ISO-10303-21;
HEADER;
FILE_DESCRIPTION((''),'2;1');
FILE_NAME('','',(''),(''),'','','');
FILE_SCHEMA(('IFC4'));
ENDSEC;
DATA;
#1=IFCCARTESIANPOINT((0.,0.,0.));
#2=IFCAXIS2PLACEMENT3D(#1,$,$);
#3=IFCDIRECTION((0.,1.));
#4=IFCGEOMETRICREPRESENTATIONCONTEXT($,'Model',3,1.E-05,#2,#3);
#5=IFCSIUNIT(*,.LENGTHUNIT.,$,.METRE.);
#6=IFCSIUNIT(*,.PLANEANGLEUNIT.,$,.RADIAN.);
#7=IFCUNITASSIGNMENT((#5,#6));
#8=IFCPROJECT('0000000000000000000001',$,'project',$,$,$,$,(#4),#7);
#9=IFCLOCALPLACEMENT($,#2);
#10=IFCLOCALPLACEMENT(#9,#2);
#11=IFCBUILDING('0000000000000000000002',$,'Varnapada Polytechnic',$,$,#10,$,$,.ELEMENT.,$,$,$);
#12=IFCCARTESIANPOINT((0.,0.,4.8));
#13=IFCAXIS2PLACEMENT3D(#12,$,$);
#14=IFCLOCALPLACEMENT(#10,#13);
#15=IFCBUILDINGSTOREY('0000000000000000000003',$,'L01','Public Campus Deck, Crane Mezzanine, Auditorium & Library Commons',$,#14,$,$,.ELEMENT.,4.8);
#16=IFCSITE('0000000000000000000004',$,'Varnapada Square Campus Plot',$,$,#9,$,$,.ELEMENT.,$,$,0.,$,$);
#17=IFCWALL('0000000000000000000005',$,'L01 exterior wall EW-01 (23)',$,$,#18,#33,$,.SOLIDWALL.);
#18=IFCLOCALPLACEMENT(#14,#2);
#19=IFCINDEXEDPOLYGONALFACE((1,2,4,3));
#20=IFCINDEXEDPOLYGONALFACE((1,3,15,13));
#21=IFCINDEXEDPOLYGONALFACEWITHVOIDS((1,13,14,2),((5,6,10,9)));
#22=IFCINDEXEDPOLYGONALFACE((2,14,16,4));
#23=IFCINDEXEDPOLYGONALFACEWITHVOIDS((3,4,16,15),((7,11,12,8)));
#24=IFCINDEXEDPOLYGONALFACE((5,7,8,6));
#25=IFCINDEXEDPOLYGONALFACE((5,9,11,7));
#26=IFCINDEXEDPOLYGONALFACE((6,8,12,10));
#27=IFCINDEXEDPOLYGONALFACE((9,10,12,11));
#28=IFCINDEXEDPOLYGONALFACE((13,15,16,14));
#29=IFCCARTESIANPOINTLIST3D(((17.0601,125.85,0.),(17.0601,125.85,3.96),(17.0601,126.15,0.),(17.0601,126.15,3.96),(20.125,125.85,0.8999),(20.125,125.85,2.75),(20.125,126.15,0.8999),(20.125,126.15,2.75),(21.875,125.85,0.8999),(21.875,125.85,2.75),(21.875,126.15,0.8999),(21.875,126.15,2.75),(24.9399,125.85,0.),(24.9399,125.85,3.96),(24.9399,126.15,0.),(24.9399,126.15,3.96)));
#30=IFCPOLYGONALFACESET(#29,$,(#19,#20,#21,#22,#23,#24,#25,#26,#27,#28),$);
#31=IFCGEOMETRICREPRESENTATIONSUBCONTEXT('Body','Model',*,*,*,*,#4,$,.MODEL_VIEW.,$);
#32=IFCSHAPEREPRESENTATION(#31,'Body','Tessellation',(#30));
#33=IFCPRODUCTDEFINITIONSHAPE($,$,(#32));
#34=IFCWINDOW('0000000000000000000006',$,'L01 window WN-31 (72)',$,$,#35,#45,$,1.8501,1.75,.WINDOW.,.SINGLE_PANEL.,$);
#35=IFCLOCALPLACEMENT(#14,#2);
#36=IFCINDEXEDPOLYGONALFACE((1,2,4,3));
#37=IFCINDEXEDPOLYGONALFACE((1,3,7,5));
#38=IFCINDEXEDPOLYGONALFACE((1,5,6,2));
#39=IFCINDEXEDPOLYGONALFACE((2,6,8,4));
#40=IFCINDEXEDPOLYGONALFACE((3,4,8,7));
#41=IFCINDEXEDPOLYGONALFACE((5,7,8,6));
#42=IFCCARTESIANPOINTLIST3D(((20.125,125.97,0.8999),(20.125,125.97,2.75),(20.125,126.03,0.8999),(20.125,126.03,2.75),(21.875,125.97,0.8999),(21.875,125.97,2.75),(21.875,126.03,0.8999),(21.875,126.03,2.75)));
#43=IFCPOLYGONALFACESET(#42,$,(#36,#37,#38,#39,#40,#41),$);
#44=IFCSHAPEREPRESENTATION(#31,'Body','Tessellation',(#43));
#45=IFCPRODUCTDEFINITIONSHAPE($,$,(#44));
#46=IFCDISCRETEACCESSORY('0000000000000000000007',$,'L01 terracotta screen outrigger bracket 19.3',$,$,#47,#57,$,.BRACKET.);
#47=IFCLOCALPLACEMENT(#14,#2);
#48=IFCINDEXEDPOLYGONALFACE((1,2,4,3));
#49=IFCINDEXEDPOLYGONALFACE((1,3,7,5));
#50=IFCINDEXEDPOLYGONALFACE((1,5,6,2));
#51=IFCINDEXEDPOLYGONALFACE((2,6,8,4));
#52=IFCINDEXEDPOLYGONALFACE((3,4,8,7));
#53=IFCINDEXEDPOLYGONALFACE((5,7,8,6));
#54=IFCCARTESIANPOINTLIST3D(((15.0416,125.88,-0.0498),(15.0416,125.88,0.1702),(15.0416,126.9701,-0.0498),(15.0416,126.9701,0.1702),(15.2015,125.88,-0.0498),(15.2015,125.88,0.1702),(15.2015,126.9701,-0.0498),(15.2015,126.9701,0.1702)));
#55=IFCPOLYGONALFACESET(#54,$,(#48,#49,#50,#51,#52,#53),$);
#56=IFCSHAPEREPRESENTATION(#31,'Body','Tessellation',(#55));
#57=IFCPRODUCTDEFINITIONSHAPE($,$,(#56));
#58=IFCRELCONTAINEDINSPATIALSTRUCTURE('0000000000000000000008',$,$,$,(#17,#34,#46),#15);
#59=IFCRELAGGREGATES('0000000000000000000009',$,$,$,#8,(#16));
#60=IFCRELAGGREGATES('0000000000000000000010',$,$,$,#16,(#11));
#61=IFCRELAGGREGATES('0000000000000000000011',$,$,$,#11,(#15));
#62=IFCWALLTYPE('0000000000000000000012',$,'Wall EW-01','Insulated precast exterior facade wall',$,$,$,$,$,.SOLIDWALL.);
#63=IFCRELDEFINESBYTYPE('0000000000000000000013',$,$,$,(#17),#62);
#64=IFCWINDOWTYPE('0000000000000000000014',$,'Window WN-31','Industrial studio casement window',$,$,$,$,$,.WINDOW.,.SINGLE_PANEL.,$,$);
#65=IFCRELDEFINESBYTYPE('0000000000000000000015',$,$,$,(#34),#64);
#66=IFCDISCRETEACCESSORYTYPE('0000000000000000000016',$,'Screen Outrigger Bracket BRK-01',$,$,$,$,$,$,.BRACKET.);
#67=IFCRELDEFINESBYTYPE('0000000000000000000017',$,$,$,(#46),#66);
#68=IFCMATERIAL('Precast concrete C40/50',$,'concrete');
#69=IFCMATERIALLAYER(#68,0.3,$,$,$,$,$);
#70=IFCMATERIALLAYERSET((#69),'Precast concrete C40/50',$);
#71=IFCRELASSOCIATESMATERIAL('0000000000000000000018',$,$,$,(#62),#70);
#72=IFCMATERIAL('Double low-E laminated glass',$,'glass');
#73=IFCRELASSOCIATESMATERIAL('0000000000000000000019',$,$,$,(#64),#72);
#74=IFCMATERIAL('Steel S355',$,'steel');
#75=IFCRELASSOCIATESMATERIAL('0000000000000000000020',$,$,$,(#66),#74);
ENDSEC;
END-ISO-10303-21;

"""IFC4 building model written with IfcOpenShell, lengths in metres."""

from ifc_helpers import new_model, si_unit, direction, frame, frame_2d, origin, origin_2d, place, context, subcontext, project, spatial, rectangle, extrude, material, layer, layer_set, type_object, element, fill, save


model = new_model("IFC4")

# Units and contexts
model_context = context("Model", 3, precision=1e-05, world=origin(), true_north=direction((0.0, 1.0)))
body_context = subcontext(model_context, "Body", "Model", "MODEL_VIEW")
ifc_project = project(units=[si_unit("LENGTHUNIT", "METRE"), si_unit("PLANEANGLEUNIT", "RADIAN")], contexts=[model_context])

# Site, building, storey
site_placement = place(None, origin())
site = spatial("IfcSite", under=ifc_project, at=site_placement, Name="Varnapada Square Campus Plot", CompositionType="ELEMENT", RefElevation=0.0)
building_placement = place(site_placement, origin())
building = spatial("IfcBuilding", under=site, at=building_placement, Name="Varnapada Polytechnic", CompositionType="ELEMENT")
storey_placement = place(building_placement, frame((0.0, 0.0, 4.8)))
storey = spatial("IfcBuildingStorey", under=building, at=storey_placement, Name="L01", Description="Public Campus Deck, Crane Mezzanine, Auditorium & Library Commons", CompositionType="ELEMENT", Elevation=4.8)

# Shared definitions
ifc_material_1 = material(Name="Double low-E laminated glass", Category="glass")

# Shared definitions
ifc_material_2 = material(Name="Steel S355", Category="steel")

# Wall, opening, window
ifc_material_3 = material(Name="Precast concrete C40/50", Category="concrete")
ifc_layer_1 = layer(ifc_material_3, 0.3)
ifc_layer_set_1 = layer_set([ifc_layer_1], Name="Precast concrete C40/50")
wall_type = type_object("IfcWallType", Name="Wall EW-01", Description="Insulated precast exterior facade wall", PredefinedType="SOLIDWALL", material=ifc_layer_set_1)
wall_placement = place(storey_placement, frame((17.0601, 126.0, 0.0), z_axis=(0.0, 0.0, 1.0), x_axis=(1.0, 0.0, 0.0)))
wall = element("IfcWall", 1, at=wall_placement, inside=storey, type_object=wall_type, Name="L01 exterior wall EW-01 (23)", PredefinedType="SOLIDWALL", context=body_context, shape_type="SweptSolid", body=[
    extrude(rectangle(XDim=7.8799, YDim=0.3, at=frame_2d((3.9399, 0.0))), origin(), (0.0, 0.0, 1.0), 3.96),
])
opening_placement = place(wall_placement, frame((3.0649, 0.0, 0.8999)))
opening = element("IfcOpeningElement", 2, at=opening_placement, cuts=wall, PredefinedType="OPENING", context=body_context, shape_type="SweptSolid", body=[
    extrude(rectangle(XDim=1.75, YDim=1.8501, at=frame_2d((0.875, 0.925))), frame((0.0, 0.1599, 0.0), z_axis=(0.0, -1.0, 0.0), x_axis=(1.0, 0.0, 0.0)), (0.0, 0.0, 1.0), 0.3201),
])
window_type = type_object("IfcWindowType", Name="Window WN-31", Description="Industrial studio casement window", PartitioningType="SINGLE_PANEL", PredefinedType="WINDOW", material=ifc_material_1)
window_placement = place(opening_placement, origin())
window = element("IfcWindow", 3, at=window_placement, inside=storey, type_object=window_type, Name="L01 window WN-31 (72)", OverallHeight=1.8501, OverallWidth=1.75, PartitioningType="SINGLE_PANEL", PredefinedType="WINDOW", context=body_context, shape_type="SweptSolid", body=[
    extrude(rectangle(XDim=1.75, YDim=1.8501, at=frame_2d((0.875, 0.925))), frame((0.0, 0.03, 0.0), z_axis=(0.0, -1.0, 0.0), x_axis=(1.0, 0.0, 0.0)), (0.0, 0.0, 1.0), 0.0601),
])
fill(opening, window)

# Discrete accessory
discrete_accessory_type = type_object("IfcDiscreteAccessoryType", Name="Screen Outrigger Bracket BRK-01", PredefinedType="BRACKET", material=ifc_material_2)
discrete_accessory_placement = place(storey_placement, frame((15.1216, 126.425, -0.0498), z_axis=(0.0, 0.0, 1.0), x_axis=(1.0, 0.0, 0.0)))
element("IfcDiscreteAccessory", 4, at=discrete_accessory_placement, inside=storey, type_object=discrete_accessory_type, Name="L01 terracotta screen outrigger bracket 19.3", PredefinedType="BRACKET", context=body_context, shape_type="SweptSolid", body=[
    extrude(rectangle(XDim=0.1599, YDim=1.0901, at=origin_2d()), origin(), (0.0, 0.0, 1.0), 0.22),
])

save(model, "model.ifc")
